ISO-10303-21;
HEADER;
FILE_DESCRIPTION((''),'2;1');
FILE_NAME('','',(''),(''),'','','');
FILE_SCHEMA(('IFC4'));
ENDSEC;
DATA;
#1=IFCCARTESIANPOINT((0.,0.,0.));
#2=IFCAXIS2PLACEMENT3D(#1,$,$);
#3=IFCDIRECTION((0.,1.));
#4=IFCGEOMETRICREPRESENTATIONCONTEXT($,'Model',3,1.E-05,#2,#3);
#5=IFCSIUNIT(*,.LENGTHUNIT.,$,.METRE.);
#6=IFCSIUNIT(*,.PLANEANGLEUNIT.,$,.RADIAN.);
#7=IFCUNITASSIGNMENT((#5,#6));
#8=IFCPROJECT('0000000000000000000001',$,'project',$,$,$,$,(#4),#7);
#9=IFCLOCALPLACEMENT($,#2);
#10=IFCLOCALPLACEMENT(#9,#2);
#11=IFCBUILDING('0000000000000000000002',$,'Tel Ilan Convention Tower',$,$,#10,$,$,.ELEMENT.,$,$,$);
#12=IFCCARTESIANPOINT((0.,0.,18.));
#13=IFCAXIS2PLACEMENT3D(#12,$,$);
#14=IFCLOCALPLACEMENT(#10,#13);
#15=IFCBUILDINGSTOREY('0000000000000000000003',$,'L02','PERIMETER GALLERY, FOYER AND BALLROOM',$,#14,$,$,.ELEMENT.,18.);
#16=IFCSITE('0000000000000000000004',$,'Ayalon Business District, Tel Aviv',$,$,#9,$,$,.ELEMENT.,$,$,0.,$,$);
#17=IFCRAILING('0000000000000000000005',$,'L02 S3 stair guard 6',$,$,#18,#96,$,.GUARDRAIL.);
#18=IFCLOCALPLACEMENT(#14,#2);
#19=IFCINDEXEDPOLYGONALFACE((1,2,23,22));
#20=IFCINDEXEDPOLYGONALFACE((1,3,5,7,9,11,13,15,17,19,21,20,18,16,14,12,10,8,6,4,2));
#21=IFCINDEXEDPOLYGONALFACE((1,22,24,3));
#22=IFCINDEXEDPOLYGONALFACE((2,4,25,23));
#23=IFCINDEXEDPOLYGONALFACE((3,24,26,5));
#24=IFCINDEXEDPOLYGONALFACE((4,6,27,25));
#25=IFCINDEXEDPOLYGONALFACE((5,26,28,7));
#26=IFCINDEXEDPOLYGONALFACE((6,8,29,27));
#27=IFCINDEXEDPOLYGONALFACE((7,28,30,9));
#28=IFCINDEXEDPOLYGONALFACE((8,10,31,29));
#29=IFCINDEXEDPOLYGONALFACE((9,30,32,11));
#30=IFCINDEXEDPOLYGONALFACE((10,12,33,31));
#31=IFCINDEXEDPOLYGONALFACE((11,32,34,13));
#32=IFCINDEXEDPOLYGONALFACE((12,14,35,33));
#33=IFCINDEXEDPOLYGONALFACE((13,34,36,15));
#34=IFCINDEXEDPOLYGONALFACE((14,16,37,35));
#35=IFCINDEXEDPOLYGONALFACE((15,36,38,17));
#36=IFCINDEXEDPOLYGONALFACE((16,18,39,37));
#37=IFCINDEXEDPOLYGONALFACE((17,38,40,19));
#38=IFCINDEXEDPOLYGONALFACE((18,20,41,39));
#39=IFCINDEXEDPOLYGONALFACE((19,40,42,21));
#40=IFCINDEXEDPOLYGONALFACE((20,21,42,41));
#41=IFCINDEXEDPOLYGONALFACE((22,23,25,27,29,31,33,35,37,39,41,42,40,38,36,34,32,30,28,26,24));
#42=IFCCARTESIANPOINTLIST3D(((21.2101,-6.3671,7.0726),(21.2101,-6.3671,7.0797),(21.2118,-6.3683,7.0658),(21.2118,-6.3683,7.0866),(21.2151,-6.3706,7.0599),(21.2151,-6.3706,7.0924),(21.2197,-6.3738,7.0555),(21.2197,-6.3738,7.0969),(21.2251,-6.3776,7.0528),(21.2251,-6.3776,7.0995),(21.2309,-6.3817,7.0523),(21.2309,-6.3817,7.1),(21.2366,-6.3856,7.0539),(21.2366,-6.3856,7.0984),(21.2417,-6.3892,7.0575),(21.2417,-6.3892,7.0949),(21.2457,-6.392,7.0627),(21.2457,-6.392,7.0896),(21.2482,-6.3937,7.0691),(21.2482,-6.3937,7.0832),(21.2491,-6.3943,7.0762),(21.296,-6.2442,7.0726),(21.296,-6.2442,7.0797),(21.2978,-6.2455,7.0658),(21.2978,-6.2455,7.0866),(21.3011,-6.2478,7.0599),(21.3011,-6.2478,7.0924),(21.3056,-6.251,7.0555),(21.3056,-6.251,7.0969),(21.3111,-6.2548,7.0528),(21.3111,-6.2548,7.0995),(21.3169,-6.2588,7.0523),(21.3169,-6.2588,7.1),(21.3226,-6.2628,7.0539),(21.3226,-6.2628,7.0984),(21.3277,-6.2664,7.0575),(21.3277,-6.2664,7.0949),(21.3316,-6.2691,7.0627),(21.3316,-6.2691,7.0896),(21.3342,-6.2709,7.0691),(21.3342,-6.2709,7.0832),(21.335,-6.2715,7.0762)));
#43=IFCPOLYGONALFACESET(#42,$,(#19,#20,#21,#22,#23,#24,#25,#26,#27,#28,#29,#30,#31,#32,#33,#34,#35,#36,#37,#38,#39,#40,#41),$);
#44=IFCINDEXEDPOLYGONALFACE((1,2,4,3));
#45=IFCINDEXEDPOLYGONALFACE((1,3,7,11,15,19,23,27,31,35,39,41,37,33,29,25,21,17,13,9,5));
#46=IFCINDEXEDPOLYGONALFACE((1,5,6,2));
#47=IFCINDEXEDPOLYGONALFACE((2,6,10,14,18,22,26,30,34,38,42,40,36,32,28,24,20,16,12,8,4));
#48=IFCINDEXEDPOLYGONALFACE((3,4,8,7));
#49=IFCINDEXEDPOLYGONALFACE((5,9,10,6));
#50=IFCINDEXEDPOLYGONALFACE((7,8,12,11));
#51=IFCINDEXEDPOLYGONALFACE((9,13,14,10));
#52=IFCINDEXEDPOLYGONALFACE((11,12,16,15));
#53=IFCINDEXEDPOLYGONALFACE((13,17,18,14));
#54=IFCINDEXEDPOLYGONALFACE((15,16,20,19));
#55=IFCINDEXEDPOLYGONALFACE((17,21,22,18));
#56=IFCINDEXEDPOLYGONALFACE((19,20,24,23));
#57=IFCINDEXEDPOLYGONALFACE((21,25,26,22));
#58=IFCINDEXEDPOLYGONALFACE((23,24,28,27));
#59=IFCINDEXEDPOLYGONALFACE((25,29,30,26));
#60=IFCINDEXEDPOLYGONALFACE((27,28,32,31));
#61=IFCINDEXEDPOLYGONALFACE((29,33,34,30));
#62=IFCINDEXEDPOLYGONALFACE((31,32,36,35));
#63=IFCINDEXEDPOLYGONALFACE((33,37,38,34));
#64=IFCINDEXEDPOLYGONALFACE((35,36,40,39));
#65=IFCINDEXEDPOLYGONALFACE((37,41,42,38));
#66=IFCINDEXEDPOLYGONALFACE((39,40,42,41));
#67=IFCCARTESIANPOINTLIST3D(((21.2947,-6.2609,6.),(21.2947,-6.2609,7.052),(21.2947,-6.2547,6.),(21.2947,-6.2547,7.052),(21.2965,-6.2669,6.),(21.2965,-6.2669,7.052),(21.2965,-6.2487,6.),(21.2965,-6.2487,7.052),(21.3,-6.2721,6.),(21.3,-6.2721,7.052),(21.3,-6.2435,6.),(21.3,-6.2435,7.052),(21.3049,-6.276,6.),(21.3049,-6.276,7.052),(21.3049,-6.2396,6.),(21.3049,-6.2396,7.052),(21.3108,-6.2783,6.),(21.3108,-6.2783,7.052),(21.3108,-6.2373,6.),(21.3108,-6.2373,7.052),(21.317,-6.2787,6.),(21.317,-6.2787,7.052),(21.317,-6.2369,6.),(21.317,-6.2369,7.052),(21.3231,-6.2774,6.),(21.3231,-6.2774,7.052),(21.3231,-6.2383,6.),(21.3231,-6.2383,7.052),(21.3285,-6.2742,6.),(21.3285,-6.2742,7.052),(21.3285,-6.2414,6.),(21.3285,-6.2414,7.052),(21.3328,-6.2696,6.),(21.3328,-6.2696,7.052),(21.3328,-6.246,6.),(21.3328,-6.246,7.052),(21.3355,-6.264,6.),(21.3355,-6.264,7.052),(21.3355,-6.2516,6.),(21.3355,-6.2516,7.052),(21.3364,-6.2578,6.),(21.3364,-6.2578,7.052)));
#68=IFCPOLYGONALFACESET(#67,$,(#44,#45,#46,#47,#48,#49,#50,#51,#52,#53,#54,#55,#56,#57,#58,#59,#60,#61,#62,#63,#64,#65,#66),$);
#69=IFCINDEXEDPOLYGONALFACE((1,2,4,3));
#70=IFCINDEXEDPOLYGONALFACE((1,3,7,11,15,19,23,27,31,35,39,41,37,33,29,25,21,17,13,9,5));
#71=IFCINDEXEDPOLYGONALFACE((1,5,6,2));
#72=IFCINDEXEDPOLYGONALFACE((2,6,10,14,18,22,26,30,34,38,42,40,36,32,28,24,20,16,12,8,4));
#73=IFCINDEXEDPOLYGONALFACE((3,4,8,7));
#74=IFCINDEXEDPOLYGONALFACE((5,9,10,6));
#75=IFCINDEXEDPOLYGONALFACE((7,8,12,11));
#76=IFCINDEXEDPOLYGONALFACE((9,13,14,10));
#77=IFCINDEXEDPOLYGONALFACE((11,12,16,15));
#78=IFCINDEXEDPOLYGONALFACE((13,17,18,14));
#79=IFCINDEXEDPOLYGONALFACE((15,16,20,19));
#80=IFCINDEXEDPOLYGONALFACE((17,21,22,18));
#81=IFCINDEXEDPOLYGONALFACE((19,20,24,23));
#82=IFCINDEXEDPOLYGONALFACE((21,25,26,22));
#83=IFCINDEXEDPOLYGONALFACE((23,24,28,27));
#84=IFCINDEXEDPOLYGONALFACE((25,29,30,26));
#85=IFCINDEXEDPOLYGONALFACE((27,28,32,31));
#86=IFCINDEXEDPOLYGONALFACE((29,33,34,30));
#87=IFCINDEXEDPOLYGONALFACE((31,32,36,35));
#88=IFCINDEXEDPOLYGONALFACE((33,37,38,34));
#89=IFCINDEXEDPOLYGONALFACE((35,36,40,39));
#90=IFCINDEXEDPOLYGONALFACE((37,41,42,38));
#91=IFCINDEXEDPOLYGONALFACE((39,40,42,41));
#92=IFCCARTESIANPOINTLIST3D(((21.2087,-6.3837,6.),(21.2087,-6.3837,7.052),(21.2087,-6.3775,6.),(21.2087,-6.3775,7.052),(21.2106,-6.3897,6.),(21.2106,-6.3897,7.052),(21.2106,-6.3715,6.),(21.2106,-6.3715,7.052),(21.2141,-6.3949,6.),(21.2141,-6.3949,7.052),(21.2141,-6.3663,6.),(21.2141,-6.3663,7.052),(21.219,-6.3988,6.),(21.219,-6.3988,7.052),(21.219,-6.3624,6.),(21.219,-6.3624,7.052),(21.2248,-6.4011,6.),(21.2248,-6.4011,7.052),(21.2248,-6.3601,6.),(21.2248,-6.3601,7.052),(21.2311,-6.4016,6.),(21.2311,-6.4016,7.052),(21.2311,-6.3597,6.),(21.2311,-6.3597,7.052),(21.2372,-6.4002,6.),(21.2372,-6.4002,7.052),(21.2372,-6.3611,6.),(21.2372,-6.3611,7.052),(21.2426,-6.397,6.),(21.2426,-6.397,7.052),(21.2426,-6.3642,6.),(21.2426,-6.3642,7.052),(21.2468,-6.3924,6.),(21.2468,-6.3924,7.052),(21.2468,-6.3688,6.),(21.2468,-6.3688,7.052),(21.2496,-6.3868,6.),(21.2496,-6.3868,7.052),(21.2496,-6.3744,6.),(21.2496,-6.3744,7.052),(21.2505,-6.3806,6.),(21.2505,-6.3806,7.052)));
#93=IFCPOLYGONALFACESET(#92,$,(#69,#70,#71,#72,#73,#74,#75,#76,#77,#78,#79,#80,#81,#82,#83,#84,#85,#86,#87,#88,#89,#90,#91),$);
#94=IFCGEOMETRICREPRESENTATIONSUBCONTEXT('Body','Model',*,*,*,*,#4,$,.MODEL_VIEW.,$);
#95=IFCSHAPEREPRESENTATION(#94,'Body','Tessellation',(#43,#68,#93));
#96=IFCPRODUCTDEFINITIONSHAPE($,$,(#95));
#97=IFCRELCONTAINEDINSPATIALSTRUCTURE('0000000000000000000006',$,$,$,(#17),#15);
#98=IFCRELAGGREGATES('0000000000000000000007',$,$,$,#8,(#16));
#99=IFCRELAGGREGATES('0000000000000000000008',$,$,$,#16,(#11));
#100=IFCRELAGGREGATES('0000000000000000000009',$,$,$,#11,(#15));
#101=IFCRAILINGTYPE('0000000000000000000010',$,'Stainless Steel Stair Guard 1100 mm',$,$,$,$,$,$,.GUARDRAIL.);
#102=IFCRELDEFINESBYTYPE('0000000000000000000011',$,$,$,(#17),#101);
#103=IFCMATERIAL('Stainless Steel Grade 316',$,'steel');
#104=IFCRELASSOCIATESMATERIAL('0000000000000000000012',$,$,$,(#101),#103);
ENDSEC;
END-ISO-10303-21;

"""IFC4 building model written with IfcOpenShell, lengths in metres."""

from ifc_helpers import new_model, si_unit, direction, frame, origin, origin_2d, place, context, subcontext, project, spatial, circle, extrude, material, type_object, element, save


model = new_model("IFC4")

# Units and contexts
model_context = context("Model", 3, precision=1e-05, world=origin(), true_north=direction((0.0, 1.0)))
body_context = subcontext(model_context, "Body", "Model", "MODEL_VIEW")
ifc_project = project(units=[si_unit("LENGTHUNIT", "METRE"), si_unit("PLANEANGLEUNIT", "RADIAN")], contexts=[model_context])

# Site, building, storey
site_placement = place(None, origin())
site = spatial("IfcSite", under=ifc_project, at=site_placement, Name="Ayalon Business District, Tel Aviv", CompositionType="ELEMENT", RefElevation=0.0)
building_placement = place(site_placement, origin())
building = spatial("IfcBuilding", under=site, at=building_placement, Name="Tel Ilan Convention Tower", CompositionType="ELEMENT")
storey_placement = place(building_placement, frame((0.0, 0.0, 18.0)))
storey = spatial("IfcBuildingStorey", under=building, at=storey_placement, Name="L02", Description="PERIMETER GALLERY, FOYER AND BALLROOM", CompositionType="ELEMENT", Elevation=18.0)

# Railing
ifc_material_1 = material(Name="Stainless Steel Grade 316", Category="steel")
railing_type_1 = type_object("IfcRailingType", Name="Stainless Steel Stair Guard 1100 mm", PredefinedType="GUARDRAIL", material=ifc_material_1)
railing_1_placement = place(storey_placement, frame((21.3154, -6.2578, 6.0)))
element("IfcRailing", 1, at=railing_1_placement, inside=storey, type_object=railing_type_1, Name="L02 S3 stair guard 6", PredefinedType="GUARDRAIL", context=body_context, shape_type="SweptSolid", body=[
    extrude(circle(Radius=0.0239, at=origin_2d()), frame((0.0, 0.0, 1.0762), z_axis=(-0.573353, -0.819308, 0.0), x_axis=(0.819308, -0.573353, 0.0)), (0.0, 0.0, 1.0), 0.1499),
    extrude(circle(Radius=0.021, at=origin_2d()), origin(), (0.0, 0.0, 1.0), 1.052),
    extrude(circle(Radius=0.021, at=origin_2d()), frame((-0.0859, -0.1228, 0.0)), (0.0, 0.0, 1.0), 1.052),
])

save(model, "model.ifc")
